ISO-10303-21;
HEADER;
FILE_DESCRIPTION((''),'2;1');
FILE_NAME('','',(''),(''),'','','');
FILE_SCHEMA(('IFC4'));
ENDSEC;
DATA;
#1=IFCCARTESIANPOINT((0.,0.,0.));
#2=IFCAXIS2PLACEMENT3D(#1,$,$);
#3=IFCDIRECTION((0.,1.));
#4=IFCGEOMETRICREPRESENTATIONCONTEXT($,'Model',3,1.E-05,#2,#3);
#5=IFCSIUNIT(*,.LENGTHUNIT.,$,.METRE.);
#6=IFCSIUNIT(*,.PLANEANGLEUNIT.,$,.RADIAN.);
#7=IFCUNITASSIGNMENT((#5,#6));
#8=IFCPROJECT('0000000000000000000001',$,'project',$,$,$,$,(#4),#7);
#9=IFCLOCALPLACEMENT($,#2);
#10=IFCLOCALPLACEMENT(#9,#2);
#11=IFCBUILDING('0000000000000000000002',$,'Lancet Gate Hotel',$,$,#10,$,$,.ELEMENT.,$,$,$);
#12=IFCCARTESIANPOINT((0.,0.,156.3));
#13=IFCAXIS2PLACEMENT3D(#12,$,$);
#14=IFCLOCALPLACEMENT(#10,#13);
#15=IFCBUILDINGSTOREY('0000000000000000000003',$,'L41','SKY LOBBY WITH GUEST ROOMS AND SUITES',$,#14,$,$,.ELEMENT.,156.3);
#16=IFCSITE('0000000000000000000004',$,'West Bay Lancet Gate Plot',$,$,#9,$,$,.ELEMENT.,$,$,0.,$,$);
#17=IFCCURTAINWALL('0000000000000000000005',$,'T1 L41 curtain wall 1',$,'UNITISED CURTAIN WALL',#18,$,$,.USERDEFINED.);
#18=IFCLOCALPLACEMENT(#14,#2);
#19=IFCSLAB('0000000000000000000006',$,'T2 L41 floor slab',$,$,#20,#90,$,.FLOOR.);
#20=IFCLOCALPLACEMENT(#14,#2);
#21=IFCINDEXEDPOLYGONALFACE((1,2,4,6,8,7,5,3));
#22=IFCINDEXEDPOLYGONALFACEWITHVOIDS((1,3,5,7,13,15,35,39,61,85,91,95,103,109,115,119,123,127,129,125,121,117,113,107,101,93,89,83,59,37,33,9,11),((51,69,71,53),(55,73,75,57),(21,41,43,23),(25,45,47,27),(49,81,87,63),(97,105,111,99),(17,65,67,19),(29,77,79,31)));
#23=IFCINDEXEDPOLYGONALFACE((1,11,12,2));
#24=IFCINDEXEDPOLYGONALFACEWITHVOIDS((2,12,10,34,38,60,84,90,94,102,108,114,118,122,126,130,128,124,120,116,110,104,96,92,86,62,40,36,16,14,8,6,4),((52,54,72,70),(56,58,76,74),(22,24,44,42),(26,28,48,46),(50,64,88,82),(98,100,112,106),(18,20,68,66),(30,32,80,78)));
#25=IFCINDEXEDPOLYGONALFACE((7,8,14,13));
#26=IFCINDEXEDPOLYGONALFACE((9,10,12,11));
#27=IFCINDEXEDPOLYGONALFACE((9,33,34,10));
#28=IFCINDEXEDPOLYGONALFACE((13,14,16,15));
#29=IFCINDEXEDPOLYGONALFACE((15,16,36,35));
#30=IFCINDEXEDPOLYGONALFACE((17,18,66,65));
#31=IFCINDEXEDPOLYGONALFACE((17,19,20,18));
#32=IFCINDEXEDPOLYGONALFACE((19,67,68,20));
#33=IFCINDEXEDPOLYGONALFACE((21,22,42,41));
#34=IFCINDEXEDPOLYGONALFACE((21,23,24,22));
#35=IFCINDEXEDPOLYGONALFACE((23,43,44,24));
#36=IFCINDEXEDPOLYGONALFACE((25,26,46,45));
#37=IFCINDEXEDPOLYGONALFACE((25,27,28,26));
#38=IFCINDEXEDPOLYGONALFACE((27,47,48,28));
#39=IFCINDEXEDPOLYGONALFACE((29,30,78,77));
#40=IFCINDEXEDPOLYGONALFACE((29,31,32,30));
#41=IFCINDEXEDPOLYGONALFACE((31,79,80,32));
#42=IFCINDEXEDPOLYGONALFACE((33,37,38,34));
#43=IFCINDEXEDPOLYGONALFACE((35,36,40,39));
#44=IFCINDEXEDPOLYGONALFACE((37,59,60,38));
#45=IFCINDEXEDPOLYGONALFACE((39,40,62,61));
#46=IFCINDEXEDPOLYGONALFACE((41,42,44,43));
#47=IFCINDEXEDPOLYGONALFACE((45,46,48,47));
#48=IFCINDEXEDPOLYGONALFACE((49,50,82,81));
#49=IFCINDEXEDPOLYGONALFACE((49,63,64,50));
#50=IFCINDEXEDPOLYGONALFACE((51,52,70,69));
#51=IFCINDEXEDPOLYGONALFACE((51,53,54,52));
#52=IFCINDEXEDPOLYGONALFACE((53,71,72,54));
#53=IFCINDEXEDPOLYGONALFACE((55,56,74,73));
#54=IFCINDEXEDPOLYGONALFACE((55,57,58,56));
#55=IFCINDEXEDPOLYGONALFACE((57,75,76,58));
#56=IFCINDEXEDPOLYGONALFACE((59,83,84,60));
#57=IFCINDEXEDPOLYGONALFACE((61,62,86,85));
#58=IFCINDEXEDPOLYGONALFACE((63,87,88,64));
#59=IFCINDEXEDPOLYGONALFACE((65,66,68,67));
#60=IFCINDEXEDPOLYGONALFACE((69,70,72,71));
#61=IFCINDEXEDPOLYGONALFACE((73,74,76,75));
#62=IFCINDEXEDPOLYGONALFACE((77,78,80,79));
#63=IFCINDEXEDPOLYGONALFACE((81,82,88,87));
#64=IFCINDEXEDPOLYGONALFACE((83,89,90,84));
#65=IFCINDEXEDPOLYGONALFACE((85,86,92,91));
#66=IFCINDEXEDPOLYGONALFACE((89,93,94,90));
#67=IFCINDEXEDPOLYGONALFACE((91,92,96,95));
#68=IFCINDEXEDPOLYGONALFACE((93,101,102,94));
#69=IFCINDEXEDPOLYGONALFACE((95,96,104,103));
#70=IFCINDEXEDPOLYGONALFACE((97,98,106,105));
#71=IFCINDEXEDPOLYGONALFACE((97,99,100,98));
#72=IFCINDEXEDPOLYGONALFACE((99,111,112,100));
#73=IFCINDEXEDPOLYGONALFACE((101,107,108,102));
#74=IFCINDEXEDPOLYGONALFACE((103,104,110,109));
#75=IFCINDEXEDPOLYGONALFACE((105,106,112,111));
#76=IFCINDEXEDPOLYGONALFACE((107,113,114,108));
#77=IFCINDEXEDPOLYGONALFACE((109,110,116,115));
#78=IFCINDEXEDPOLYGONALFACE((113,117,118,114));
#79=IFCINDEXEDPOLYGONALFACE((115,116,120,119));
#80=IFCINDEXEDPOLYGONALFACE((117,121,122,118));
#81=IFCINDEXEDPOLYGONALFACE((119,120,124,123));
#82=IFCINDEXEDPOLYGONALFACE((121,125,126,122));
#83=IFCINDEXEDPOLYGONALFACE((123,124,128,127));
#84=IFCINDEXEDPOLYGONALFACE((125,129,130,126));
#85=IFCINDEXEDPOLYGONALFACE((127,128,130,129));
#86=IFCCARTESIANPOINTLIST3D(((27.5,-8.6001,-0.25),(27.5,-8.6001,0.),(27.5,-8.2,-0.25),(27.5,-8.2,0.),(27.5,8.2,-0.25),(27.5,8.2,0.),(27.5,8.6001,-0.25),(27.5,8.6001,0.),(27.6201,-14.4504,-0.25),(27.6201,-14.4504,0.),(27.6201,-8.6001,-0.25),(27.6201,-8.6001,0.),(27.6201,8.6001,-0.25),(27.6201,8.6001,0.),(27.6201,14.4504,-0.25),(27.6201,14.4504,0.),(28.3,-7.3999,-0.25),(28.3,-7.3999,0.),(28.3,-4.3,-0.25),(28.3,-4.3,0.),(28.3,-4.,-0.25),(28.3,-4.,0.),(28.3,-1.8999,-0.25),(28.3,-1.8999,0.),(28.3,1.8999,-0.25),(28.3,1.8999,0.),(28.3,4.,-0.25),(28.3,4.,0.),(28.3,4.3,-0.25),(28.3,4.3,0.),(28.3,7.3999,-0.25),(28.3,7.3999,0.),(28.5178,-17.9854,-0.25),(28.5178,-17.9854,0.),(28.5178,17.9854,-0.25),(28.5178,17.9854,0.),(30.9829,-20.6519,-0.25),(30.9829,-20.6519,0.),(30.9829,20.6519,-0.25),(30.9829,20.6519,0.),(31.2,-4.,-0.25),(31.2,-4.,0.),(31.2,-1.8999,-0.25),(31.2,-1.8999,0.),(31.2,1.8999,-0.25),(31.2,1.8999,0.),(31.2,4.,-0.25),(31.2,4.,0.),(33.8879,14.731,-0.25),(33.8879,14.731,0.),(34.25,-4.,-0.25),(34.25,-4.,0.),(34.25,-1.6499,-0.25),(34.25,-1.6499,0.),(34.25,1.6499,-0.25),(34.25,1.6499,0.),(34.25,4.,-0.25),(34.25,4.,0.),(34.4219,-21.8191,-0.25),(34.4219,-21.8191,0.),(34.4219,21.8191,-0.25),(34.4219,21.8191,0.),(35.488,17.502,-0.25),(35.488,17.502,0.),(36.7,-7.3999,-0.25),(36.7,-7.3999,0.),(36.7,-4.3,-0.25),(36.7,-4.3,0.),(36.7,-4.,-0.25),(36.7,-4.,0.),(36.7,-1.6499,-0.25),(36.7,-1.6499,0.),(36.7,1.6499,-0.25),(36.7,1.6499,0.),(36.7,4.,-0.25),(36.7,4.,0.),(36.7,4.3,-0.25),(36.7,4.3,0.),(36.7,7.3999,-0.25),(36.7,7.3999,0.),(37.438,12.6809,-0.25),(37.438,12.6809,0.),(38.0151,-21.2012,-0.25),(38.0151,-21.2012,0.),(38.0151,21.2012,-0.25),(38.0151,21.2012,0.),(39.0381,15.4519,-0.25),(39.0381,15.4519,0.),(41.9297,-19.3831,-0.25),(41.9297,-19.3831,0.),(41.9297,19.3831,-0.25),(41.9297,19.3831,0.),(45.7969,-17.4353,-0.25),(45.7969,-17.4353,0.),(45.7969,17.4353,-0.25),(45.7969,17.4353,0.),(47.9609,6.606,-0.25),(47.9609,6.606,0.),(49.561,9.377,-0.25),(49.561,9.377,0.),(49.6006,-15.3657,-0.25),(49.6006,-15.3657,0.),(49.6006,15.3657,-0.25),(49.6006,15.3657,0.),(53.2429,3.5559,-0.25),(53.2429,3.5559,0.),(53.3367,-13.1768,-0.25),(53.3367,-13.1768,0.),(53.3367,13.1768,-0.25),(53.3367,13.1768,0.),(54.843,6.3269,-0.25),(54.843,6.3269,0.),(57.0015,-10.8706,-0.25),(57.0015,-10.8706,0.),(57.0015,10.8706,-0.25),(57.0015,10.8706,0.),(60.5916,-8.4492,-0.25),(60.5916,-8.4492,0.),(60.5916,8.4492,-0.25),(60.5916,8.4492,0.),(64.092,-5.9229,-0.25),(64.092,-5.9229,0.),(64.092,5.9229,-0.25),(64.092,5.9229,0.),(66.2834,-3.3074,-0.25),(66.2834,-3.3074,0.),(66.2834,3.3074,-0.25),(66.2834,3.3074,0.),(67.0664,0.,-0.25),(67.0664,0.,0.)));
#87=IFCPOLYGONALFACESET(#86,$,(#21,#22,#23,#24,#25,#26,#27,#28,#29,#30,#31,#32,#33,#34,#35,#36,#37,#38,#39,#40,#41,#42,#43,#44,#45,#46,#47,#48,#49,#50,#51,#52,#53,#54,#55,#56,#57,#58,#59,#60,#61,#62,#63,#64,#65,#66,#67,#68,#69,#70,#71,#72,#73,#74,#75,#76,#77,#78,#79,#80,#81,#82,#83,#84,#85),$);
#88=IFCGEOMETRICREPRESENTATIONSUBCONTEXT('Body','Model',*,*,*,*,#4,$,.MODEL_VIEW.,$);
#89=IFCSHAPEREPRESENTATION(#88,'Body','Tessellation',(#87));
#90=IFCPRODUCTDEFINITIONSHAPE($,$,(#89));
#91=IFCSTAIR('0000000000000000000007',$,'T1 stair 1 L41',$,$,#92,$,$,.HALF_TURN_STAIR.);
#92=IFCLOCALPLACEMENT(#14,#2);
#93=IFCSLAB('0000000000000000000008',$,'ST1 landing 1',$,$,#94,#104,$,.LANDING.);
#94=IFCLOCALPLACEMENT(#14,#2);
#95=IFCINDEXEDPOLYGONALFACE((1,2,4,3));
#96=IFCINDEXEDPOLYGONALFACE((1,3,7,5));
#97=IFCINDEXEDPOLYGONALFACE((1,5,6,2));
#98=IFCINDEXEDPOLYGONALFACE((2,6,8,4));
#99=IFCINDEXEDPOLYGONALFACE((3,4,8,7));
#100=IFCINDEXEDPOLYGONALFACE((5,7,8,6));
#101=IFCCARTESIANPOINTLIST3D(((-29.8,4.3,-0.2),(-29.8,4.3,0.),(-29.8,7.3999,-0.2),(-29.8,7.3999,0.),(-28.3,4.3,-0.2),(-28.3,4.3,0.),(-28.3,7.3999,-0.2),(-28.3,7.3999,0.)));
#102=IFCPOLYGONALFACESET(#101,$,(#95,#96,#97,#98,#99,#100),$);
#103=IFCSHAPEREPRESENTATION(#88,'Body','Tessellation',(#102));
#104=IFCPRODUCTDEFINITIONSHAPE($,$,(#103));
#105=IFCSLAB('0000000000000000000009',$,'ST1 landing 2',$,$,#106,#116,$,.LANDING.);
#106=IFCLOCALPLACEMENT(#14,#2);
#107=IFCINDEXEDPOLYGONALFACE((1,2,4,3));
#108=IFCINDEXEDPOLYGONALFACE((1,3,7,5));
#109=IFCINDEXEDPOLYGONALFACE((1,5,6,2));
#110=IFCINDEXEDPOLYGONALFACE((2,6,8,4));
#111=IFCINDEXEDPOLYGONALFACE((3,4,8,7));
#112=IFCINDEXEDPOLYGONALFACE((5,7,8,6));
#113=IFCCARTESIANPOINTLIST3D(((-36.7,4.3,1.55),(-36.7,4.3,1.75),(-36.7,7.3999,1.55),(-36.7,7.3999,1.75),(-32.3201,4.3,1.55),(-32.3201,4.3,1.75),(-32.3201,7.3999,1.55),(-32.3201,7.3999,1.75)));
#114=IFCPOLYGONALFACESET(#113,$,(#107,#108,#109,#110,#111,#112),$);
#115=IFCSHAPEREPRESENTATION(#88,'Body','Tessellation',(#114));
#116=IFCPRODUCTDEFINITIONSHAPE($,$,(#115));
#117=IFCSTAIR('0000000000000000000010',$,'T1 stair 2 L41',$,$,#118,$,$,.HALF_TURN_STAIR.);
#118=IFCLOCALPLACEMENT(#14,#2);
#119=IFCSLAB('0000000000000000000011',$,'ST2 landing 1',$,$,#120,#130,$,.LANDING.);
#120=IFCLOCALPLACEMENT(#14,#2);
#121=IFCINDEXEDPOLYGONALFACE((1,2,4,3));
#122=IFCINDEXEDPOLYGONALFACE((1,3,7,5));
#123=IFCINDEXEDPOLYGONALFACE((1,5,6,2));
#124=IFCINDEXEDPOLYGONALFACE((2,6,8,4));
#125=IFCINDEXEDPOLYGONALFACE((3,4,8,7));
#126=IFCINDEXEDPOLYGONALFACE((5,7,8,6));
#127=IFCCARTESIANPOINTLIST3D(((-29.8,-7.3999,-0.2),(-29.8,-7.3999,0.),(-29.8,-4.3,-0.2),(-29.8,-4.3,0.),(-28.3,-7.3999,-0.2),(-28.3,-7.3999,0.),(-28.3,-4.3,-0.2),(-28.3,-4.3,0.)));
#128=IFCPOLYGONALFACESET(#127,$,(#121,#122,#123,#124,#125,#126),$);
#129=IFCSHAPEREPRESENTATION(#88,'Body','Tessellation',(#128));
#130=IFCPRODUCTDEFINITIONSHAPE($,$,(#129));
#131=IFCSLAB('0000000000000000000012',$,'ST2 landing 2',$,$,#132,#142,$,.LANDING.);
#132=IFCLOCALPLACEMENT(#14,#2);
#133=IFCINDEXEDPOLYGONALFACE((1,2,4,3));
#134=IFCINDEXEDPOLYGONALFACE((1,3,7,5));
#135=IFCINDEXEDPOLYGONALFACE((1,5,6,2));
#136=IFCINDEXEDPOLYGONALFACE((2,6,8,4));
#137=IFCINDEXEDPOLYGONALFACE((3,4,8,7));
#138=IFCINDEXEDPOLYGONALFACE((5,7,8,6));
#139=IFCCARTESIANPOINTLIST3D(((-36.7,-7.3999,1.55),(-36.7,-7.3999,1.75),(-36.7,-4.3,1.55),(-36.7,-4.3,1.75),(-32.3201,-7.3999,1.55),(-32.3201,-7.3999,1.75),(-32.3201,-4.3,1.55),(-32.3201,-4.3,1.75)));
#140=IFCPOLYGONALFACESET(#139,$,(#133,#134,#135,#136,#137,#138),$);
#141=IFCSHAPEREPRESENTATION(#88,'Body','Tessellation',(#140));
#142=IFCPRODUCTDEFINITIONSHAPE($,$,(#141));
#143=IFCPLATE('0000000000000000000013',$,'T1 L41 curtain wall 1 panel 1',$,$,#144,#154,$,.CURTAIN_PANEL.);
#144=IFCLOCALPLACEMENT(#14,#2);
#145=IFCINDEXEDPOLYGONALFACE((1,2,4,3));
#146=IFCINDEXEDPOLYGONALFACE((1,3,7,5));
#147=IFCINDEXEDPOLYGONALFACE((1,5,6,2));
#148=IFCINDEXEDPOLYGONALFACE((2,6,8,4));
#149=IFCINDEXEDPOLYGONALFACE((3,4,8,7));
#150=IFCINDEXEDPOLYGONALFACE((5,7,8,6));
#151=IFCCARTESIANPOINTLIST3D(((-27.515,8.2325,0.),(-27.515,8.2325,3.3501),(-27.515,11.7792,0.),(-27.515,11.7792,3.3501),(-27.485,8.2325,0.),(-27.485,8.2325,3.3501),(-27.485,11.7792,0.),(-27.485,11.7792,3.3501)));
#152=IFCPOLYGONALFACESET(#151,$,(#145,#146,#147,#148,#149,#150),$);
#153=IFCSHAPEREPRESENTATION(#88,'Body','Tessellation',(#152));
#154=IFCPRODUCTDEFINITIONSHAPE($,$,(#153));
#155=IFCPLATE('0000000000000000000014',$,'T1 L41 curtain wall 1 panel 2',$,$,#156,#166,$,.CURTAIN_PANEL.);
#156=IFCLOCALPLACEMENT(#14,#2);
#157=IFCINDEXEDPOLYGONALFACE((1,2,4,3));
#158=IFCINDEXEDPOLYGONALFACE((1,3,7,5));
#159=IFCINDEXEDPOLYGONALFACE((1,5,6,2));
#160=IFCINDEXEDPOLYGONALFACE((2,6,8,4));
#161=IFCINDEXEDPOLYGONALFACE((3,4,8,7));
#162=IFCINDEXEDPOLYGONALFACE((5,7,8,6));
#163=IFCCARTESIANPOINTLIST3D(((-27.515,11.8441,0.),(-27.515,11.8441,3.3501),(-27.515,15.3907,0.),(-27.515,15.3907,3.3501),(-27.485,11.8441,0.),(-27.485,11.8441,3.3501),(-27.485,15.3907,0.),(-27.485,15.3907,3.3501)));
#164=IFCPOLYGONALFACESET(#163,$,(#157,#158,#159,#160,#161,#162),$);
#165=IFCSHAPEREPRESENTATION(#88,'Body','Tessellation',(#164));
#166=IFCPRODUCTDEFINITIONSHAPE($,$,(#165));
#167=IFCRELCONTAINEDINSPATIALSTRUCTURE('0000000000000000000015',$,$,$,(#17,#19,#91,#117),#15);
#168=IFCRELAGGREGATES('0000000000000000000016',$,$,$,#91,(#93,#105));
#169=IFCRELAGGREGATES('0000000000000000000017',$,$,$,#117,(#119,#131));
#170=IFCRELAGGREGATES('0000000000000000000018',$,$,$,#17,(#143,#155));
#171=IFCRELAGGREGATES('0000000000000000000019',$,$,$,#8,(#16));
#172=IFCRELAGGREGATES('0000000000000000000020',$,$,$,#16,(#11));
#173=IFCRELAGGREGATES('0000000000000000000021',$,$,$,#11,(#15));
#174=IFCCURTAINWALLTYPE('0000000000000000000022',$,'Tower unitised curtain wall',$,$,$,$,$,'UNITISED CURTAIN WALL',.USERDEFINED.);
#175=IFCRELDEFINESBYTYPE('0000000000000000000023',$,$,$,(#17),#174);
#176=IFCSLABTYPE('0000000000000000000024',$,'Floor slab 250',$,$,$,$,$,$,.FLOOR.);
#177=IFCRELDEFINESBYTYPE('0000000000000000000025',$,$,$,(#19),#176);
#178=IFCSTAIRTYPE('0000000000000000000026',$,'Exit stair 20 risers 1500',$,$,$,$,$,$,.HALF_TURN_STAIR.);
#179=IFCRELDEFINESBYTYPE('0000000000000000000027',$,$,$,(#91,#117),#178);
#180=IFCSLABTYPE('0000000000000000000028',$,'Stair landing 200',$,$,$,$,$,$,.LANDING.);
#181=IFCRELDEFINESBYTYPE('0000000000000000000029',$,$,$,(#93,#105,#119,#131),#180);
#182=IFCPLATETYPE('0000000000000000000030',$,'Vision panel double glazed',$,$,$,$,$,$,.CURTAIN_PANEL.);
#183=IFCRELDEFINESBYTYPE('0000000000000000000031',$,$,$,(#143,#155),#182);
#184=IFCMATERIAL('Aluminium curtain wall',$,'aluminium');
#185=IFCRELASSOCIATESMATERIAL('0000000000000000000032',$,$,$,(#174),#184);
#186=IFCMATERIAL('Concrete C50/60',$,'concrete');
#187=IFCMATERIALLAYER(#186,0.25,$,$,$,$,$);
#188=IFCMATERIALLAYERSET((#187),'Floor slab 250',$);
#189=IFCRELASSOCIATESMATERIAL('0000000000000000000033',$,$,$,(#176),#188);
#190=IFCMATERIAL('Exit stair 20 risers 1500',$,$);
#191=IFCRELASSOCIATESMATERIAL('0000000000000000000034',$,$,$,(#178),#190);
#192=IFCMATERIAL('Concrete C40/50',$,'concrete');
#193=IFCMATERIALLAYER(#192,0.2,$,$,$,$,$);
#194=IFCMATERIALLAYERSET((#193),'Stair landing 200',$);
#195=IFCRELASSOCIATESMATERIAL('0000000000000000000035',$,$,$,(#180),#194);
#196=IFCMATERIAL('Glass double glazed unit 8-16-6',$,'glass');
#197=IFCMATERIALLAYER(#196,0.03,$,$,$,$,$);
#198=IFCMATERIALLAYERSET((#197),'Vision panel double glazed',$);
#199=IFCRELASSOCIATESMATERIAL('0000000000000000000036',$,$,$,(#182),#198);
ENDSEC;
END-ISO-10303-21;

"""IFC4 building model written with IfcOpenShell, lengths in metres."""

from ifc_helpers import new_model, si_unit, direction, frame, origin, origin_2d, place, context, subcontext, project, spatial, polyline, rectangle, outline, extrude, material, layer, layer_set, type_object, element, aggregate, save


model = new_model("IFC4")

# Units and contexts
model_context = context("Model", 3, precision=1e-05, world=origin(), true_north=direction((0.0, 1.0)))
body_context = subcontext(model_context, "Body", "Model", "MODEL_VIEW")
ifc_project = project(units=[si_unit("LENGTHUNIT", "METRE"), si_unit("PLANEANGLEUNIT", "RADIAN")], contexts=[model_context])

# Site, building, storey
site_placement = place(None, origin())
site = spatial("IfcSite", under=ifc_project, at=site_placement, Name="West Bay Lancet Gate Plot", CompositionType="ELEMENT", RefElevation=0.0)
building_placement = place(site_placement, origin())
building = spatial("IfcBuilding", under=site, at=building_placement, Name="Lancet Gate Hotel", CompositionType="ELEMENT")
storey_placement = place(building_placement, frame((0.0, 0.0, 156.3)))
storey = spatial("IfcBuildingStorey", under=building, at=storey_placement, Name="L41", Description="SKY LOBBY WITH GUEST ROOMS AND SUITES", CompositionType="ELEMENT", Elevation=156.3)

# Curtain wall
ifc_material_1 = material(Name="Aluminium curtain wall", Category="aluminium")
curtain_wall_type = type_object("IfcCurtainWallType", Name="Tower unitised curtain wall", ElementType="UNITISED CURTAIN WALL", PredefinedType="USERDEFINED", material=ifc_material_1)
curtain_wall_placement = place(storey_placement, origin())
curtain_wall = element("IfcCurtainWall", 1, at=curtain_wall_placement, inside=storey, type_object=curtain_wall_type, Name="T1 L41 curtain wall 1", ObjectType="UNITISED CURTAIN WALL", PredefinedType="USERDEFINED")

# Slab
ifc_material_2 = material(Name="Concrete C50/60", Category="concrete")
ifc_layer_1 = layer(ifc_material_2, 0.25)
ifc_layer_set_1 = layer_set([ifc_layer_1], Name="Floor slab 250")
slab_type_1 = type_object("IfcSlabType", Name="Floor slab 250", PredefinedType="FLOOR", material=ifc_layer_set_1)
slab_1_placement = place(storey_placement, frame((0.0, 0.0, -0.25)))
element("IfcSlab", 2, at=slab_1_placement, inside=storey, type_object=slab_type_1, Name="T2 L41 floor slab", PredefinedType="FLOOR", context=body_context, shape_type="SweptSolid", body=[
    extrude(outline(polyline([(27.5, -8.6001), (27.6201, -8.6001), (27.6201, -14.4504), (28.5178, -17.9854), (30.9829, -20.6519), (34.4219, -21.8191), (38.0151, -21.2012), (41.9297, -19.3831), (45.7969, -17.4353), (49.6006, -15.3657), (53.3367, -13.1768), (57.0015, -10.8706), (60.5916, -8.4492), (64.092, -5.9229), (66.2834, -3.3074), (67.0664, 0.0), (66.2834, 3.3074), (64.092, 5.9229), (60.5916, 8.4492), (57.0015, 10.8706), (53.3367, 13.1768), (49.6006, 15.3657), (45.7969, 17.4353), (41.9297, 19.3831), (38.0151, 21.2012), (34.4219, 21.8191), (30.9829, 20.6519), (28.5178, 17.9854), (27.6201, 14.4504), (27.6201, 8.6001), (27.5, 8.6001), (27.5, 8.2), (27.5, -8.2), (27.5, -8.6001)]), holes=[polyline([(36.7, -7.3999), (36.7, -4.3), (28.3, -4.3), (28.3, -7.3999), (36.7, -7.3999)]), polyline([(28.3, -4.0), (31.2, -4.0), (31.2, -1.8999), (28.3, -1.8999), (28.3, -4.0)]), polyline([(34.25, -4.0), (36.7, -4.0), (36.7, -1.6499), (34.25, -1.6499), (34.25, -4.0)]), polyline([(36.7, 1.6499), (36.7, 4.0), (34.25, 4.0), (34.25, 1.6499), (36.7, 1.6499)]), polyline([(28.3, 1.8999), (31.2, 1.8999), (31.2, 4.0), (28.3, 4.0), (28.3, 1.8999)]), polyline([(28.3, 4.3), (36.7, 4.3), (36.7, 7.3999), (28.3, 7.3999), (28.3, 4.3)]), polyline([(47.9609, 6.606), (53.2429, 3.5559), (54.843, 6.3269), (49.561, 9.377), (47.9609, 6.606)]), polyline([(33.8879, 14.731), (37.438, 12.6809), (39.0381, 15.4519), (35.488, 17.502), (33.8879, 14.731)])]), origin(), (0.0, 0.0, 1.0), 0.25),
])

# Stairs, slabs
ifc_material_3 = material(Name="Exit stair 20 risers 1500")
stair_type = type_object("IfcStairType", Name="Exit stair 20 risers 1500", PredefinedType="HALF_TURN_STAIR", material=ifc_material_3)
stair_1_placement = place(storey_placement, origin())
stair_1 = element("IfcStair", 3, at=stair_1_placement, inside=storey, type_object=stair_type, Name="T1 stair 1 L41", PredefinedType="HALF_TURN_STAIR")
ifc_material_4 = material(Name="Concrete C40/50", Category="concrete")
ifc_layer_2 = layer(ifc_material_4, 0.2)
ifc_layer_set_2 = layer_set([ifc_layer_2], Name="Stair landing 200")
slab_type_2 = type_object("IfcSlabType", Name="Stair landing 200", PredefinedType="LANDING", material=ifc_layer_set_2)
slab_2_placement = place(storey_placement, frame((0.0, 0.0, -0.2)))
slab_2 = element("IfcSlab", 4, at=slab_2_placement, type_object=slab_type_2, Name="ST1 landing 1", PredefinedType="LANDING", context=body_context, shape_type="SweptSolid", body=[
    extrude(outline(polyline([(-28.3, 7.3999), (-29.8, 7.3999), (-29.8, 4.3), (-28.3, 4.3), (-28.3, 7.3999)])), origin(), (0.0, 0.0, 1.0), 0.2),
])
slab_3_placement = place(storey_placement, frame((0.0, 0.0, 1.55)))
slab_3 = element("IfcSlab", 5, at=slab_3_placement, type_object=slab_type_2, Name="ST1 landing 2", PredefinedType="LANDING", context=body_context, shape_type="SweptSolid", body=[
    extrude(outline(polyline([(-32.3201, 7.3999), (-36.7, 7.3999), (-36.7, 4.3), (-32.3201, 4.3), (-32.3201, 7.3999)])), origin(), (0.0, 0.0, 1.0), 0.2),
])
aggregate(stair_1, [slab_2, slab_3])
stair_2_placement = place(storey_placement, origin())
stair_2 = element("IfcStair", 6, at=stair_2_placement, inside=storey, type_object=stair_type, Name="T1 stair 2 L41", PredefinedType="HALF_TURN_STAIR")
slab_4_placement = place(storey_placement, frame((0.0, 0.0, -0.2)))
slab_4 = element("IfcSlab", 7, at=slab_4_placement, type_object=slab_type_2, Name="ST2 landing 1", PredefinedType="LANDING", context=body_context, shape_type="SweptSolid", body=[
    extrude(outline(polyline([(-28.3, -4.3), (-29.8, -4.3), (-29.8, -7.3999), (-28.3, -7.3999), (-28.3, -4.3)])), origin(), (0.0, 0.0, 1.0), 0.2),
])
slab_5_placement = place(storey_placement, frame((0.0, 0.0, 1.55)))
slab_5 = element("IfcSlab", 8, at=slab_5_placement, type_object=slab_type_2, Name="ST2 landing 2", PredefinedType="LANDING", context=body_context, shape_type="SweptSolid", body=[
    extrude(outline(polyline([(-32.3201, -4.3), (-36.7, -4.3), (-36.7, -7.3999), (-32.3201, -7.3999), (-32.3201, -4.3)])), origin(), (0.0, 0.0, 1.0), 0.2),
])
aggregate(stair_2, [slab_4, slab_5])

# Plates
ifc_material_5 = material(Name="Glass double glazed unit 8-16-6", Category="glass")
ifc_layer_3 = layer(ifc_material_5, 0.03)
ifc_layer_set_3 = layer_set([ifc_layer_3], Name="Vision panel double glazed")
plate_type = type_object("IfcPlateType", Name="Vision panel double glazed", PredefinedType="CURTAIN_PANEL", material=ifc_layer_set_3)
plate_1_placement = place(storey_placement, frame((-27.5, 10.0059, 0.0), z_axis=(0.0, 0.0, 1.0), x_axis=(0.0, 1.0, 0.0)))
plate_1 = element("IfcPlate", 9, at=plate_1_placement, type_object=plate_type, Name="T1 L41 curtain wall 1 panel 1", PredefinedType="CURTAIN_PANEL", context=body_context, shape_type="SweptSolid", body=[
    extrude(rectangle(XDim=3.5466, YDim=0.03, at=origin_2d()), origin(), (0.0, 0.0, 1.0), 3.3501),
])
plate_2_placement = place(storey_placement, frame((-27.5, 13.6174, 0.0), z_axis=(0.0, 0.0, 1.0), x_axis=(0.0, 1.0, 0.0)))
plate_2 = element("IfcPlate", 10, at=plate_2_placement, type_object=plate_type, Name="T1 L41 curtain wall 1 panel 2", PredefinedType="CURTAIN_PANEL", context=body_context, shape_type="SweptSolid", body=[
    extrude(rectangle(XDim=3.5466, YDim=0.03, at=origin_2d()), origin(), (0.0, 0.0, 1.0), 3.3501),
])
aggregate(curtain_wall, [plate_1, plate_2])

save(model, "model.ifc")
